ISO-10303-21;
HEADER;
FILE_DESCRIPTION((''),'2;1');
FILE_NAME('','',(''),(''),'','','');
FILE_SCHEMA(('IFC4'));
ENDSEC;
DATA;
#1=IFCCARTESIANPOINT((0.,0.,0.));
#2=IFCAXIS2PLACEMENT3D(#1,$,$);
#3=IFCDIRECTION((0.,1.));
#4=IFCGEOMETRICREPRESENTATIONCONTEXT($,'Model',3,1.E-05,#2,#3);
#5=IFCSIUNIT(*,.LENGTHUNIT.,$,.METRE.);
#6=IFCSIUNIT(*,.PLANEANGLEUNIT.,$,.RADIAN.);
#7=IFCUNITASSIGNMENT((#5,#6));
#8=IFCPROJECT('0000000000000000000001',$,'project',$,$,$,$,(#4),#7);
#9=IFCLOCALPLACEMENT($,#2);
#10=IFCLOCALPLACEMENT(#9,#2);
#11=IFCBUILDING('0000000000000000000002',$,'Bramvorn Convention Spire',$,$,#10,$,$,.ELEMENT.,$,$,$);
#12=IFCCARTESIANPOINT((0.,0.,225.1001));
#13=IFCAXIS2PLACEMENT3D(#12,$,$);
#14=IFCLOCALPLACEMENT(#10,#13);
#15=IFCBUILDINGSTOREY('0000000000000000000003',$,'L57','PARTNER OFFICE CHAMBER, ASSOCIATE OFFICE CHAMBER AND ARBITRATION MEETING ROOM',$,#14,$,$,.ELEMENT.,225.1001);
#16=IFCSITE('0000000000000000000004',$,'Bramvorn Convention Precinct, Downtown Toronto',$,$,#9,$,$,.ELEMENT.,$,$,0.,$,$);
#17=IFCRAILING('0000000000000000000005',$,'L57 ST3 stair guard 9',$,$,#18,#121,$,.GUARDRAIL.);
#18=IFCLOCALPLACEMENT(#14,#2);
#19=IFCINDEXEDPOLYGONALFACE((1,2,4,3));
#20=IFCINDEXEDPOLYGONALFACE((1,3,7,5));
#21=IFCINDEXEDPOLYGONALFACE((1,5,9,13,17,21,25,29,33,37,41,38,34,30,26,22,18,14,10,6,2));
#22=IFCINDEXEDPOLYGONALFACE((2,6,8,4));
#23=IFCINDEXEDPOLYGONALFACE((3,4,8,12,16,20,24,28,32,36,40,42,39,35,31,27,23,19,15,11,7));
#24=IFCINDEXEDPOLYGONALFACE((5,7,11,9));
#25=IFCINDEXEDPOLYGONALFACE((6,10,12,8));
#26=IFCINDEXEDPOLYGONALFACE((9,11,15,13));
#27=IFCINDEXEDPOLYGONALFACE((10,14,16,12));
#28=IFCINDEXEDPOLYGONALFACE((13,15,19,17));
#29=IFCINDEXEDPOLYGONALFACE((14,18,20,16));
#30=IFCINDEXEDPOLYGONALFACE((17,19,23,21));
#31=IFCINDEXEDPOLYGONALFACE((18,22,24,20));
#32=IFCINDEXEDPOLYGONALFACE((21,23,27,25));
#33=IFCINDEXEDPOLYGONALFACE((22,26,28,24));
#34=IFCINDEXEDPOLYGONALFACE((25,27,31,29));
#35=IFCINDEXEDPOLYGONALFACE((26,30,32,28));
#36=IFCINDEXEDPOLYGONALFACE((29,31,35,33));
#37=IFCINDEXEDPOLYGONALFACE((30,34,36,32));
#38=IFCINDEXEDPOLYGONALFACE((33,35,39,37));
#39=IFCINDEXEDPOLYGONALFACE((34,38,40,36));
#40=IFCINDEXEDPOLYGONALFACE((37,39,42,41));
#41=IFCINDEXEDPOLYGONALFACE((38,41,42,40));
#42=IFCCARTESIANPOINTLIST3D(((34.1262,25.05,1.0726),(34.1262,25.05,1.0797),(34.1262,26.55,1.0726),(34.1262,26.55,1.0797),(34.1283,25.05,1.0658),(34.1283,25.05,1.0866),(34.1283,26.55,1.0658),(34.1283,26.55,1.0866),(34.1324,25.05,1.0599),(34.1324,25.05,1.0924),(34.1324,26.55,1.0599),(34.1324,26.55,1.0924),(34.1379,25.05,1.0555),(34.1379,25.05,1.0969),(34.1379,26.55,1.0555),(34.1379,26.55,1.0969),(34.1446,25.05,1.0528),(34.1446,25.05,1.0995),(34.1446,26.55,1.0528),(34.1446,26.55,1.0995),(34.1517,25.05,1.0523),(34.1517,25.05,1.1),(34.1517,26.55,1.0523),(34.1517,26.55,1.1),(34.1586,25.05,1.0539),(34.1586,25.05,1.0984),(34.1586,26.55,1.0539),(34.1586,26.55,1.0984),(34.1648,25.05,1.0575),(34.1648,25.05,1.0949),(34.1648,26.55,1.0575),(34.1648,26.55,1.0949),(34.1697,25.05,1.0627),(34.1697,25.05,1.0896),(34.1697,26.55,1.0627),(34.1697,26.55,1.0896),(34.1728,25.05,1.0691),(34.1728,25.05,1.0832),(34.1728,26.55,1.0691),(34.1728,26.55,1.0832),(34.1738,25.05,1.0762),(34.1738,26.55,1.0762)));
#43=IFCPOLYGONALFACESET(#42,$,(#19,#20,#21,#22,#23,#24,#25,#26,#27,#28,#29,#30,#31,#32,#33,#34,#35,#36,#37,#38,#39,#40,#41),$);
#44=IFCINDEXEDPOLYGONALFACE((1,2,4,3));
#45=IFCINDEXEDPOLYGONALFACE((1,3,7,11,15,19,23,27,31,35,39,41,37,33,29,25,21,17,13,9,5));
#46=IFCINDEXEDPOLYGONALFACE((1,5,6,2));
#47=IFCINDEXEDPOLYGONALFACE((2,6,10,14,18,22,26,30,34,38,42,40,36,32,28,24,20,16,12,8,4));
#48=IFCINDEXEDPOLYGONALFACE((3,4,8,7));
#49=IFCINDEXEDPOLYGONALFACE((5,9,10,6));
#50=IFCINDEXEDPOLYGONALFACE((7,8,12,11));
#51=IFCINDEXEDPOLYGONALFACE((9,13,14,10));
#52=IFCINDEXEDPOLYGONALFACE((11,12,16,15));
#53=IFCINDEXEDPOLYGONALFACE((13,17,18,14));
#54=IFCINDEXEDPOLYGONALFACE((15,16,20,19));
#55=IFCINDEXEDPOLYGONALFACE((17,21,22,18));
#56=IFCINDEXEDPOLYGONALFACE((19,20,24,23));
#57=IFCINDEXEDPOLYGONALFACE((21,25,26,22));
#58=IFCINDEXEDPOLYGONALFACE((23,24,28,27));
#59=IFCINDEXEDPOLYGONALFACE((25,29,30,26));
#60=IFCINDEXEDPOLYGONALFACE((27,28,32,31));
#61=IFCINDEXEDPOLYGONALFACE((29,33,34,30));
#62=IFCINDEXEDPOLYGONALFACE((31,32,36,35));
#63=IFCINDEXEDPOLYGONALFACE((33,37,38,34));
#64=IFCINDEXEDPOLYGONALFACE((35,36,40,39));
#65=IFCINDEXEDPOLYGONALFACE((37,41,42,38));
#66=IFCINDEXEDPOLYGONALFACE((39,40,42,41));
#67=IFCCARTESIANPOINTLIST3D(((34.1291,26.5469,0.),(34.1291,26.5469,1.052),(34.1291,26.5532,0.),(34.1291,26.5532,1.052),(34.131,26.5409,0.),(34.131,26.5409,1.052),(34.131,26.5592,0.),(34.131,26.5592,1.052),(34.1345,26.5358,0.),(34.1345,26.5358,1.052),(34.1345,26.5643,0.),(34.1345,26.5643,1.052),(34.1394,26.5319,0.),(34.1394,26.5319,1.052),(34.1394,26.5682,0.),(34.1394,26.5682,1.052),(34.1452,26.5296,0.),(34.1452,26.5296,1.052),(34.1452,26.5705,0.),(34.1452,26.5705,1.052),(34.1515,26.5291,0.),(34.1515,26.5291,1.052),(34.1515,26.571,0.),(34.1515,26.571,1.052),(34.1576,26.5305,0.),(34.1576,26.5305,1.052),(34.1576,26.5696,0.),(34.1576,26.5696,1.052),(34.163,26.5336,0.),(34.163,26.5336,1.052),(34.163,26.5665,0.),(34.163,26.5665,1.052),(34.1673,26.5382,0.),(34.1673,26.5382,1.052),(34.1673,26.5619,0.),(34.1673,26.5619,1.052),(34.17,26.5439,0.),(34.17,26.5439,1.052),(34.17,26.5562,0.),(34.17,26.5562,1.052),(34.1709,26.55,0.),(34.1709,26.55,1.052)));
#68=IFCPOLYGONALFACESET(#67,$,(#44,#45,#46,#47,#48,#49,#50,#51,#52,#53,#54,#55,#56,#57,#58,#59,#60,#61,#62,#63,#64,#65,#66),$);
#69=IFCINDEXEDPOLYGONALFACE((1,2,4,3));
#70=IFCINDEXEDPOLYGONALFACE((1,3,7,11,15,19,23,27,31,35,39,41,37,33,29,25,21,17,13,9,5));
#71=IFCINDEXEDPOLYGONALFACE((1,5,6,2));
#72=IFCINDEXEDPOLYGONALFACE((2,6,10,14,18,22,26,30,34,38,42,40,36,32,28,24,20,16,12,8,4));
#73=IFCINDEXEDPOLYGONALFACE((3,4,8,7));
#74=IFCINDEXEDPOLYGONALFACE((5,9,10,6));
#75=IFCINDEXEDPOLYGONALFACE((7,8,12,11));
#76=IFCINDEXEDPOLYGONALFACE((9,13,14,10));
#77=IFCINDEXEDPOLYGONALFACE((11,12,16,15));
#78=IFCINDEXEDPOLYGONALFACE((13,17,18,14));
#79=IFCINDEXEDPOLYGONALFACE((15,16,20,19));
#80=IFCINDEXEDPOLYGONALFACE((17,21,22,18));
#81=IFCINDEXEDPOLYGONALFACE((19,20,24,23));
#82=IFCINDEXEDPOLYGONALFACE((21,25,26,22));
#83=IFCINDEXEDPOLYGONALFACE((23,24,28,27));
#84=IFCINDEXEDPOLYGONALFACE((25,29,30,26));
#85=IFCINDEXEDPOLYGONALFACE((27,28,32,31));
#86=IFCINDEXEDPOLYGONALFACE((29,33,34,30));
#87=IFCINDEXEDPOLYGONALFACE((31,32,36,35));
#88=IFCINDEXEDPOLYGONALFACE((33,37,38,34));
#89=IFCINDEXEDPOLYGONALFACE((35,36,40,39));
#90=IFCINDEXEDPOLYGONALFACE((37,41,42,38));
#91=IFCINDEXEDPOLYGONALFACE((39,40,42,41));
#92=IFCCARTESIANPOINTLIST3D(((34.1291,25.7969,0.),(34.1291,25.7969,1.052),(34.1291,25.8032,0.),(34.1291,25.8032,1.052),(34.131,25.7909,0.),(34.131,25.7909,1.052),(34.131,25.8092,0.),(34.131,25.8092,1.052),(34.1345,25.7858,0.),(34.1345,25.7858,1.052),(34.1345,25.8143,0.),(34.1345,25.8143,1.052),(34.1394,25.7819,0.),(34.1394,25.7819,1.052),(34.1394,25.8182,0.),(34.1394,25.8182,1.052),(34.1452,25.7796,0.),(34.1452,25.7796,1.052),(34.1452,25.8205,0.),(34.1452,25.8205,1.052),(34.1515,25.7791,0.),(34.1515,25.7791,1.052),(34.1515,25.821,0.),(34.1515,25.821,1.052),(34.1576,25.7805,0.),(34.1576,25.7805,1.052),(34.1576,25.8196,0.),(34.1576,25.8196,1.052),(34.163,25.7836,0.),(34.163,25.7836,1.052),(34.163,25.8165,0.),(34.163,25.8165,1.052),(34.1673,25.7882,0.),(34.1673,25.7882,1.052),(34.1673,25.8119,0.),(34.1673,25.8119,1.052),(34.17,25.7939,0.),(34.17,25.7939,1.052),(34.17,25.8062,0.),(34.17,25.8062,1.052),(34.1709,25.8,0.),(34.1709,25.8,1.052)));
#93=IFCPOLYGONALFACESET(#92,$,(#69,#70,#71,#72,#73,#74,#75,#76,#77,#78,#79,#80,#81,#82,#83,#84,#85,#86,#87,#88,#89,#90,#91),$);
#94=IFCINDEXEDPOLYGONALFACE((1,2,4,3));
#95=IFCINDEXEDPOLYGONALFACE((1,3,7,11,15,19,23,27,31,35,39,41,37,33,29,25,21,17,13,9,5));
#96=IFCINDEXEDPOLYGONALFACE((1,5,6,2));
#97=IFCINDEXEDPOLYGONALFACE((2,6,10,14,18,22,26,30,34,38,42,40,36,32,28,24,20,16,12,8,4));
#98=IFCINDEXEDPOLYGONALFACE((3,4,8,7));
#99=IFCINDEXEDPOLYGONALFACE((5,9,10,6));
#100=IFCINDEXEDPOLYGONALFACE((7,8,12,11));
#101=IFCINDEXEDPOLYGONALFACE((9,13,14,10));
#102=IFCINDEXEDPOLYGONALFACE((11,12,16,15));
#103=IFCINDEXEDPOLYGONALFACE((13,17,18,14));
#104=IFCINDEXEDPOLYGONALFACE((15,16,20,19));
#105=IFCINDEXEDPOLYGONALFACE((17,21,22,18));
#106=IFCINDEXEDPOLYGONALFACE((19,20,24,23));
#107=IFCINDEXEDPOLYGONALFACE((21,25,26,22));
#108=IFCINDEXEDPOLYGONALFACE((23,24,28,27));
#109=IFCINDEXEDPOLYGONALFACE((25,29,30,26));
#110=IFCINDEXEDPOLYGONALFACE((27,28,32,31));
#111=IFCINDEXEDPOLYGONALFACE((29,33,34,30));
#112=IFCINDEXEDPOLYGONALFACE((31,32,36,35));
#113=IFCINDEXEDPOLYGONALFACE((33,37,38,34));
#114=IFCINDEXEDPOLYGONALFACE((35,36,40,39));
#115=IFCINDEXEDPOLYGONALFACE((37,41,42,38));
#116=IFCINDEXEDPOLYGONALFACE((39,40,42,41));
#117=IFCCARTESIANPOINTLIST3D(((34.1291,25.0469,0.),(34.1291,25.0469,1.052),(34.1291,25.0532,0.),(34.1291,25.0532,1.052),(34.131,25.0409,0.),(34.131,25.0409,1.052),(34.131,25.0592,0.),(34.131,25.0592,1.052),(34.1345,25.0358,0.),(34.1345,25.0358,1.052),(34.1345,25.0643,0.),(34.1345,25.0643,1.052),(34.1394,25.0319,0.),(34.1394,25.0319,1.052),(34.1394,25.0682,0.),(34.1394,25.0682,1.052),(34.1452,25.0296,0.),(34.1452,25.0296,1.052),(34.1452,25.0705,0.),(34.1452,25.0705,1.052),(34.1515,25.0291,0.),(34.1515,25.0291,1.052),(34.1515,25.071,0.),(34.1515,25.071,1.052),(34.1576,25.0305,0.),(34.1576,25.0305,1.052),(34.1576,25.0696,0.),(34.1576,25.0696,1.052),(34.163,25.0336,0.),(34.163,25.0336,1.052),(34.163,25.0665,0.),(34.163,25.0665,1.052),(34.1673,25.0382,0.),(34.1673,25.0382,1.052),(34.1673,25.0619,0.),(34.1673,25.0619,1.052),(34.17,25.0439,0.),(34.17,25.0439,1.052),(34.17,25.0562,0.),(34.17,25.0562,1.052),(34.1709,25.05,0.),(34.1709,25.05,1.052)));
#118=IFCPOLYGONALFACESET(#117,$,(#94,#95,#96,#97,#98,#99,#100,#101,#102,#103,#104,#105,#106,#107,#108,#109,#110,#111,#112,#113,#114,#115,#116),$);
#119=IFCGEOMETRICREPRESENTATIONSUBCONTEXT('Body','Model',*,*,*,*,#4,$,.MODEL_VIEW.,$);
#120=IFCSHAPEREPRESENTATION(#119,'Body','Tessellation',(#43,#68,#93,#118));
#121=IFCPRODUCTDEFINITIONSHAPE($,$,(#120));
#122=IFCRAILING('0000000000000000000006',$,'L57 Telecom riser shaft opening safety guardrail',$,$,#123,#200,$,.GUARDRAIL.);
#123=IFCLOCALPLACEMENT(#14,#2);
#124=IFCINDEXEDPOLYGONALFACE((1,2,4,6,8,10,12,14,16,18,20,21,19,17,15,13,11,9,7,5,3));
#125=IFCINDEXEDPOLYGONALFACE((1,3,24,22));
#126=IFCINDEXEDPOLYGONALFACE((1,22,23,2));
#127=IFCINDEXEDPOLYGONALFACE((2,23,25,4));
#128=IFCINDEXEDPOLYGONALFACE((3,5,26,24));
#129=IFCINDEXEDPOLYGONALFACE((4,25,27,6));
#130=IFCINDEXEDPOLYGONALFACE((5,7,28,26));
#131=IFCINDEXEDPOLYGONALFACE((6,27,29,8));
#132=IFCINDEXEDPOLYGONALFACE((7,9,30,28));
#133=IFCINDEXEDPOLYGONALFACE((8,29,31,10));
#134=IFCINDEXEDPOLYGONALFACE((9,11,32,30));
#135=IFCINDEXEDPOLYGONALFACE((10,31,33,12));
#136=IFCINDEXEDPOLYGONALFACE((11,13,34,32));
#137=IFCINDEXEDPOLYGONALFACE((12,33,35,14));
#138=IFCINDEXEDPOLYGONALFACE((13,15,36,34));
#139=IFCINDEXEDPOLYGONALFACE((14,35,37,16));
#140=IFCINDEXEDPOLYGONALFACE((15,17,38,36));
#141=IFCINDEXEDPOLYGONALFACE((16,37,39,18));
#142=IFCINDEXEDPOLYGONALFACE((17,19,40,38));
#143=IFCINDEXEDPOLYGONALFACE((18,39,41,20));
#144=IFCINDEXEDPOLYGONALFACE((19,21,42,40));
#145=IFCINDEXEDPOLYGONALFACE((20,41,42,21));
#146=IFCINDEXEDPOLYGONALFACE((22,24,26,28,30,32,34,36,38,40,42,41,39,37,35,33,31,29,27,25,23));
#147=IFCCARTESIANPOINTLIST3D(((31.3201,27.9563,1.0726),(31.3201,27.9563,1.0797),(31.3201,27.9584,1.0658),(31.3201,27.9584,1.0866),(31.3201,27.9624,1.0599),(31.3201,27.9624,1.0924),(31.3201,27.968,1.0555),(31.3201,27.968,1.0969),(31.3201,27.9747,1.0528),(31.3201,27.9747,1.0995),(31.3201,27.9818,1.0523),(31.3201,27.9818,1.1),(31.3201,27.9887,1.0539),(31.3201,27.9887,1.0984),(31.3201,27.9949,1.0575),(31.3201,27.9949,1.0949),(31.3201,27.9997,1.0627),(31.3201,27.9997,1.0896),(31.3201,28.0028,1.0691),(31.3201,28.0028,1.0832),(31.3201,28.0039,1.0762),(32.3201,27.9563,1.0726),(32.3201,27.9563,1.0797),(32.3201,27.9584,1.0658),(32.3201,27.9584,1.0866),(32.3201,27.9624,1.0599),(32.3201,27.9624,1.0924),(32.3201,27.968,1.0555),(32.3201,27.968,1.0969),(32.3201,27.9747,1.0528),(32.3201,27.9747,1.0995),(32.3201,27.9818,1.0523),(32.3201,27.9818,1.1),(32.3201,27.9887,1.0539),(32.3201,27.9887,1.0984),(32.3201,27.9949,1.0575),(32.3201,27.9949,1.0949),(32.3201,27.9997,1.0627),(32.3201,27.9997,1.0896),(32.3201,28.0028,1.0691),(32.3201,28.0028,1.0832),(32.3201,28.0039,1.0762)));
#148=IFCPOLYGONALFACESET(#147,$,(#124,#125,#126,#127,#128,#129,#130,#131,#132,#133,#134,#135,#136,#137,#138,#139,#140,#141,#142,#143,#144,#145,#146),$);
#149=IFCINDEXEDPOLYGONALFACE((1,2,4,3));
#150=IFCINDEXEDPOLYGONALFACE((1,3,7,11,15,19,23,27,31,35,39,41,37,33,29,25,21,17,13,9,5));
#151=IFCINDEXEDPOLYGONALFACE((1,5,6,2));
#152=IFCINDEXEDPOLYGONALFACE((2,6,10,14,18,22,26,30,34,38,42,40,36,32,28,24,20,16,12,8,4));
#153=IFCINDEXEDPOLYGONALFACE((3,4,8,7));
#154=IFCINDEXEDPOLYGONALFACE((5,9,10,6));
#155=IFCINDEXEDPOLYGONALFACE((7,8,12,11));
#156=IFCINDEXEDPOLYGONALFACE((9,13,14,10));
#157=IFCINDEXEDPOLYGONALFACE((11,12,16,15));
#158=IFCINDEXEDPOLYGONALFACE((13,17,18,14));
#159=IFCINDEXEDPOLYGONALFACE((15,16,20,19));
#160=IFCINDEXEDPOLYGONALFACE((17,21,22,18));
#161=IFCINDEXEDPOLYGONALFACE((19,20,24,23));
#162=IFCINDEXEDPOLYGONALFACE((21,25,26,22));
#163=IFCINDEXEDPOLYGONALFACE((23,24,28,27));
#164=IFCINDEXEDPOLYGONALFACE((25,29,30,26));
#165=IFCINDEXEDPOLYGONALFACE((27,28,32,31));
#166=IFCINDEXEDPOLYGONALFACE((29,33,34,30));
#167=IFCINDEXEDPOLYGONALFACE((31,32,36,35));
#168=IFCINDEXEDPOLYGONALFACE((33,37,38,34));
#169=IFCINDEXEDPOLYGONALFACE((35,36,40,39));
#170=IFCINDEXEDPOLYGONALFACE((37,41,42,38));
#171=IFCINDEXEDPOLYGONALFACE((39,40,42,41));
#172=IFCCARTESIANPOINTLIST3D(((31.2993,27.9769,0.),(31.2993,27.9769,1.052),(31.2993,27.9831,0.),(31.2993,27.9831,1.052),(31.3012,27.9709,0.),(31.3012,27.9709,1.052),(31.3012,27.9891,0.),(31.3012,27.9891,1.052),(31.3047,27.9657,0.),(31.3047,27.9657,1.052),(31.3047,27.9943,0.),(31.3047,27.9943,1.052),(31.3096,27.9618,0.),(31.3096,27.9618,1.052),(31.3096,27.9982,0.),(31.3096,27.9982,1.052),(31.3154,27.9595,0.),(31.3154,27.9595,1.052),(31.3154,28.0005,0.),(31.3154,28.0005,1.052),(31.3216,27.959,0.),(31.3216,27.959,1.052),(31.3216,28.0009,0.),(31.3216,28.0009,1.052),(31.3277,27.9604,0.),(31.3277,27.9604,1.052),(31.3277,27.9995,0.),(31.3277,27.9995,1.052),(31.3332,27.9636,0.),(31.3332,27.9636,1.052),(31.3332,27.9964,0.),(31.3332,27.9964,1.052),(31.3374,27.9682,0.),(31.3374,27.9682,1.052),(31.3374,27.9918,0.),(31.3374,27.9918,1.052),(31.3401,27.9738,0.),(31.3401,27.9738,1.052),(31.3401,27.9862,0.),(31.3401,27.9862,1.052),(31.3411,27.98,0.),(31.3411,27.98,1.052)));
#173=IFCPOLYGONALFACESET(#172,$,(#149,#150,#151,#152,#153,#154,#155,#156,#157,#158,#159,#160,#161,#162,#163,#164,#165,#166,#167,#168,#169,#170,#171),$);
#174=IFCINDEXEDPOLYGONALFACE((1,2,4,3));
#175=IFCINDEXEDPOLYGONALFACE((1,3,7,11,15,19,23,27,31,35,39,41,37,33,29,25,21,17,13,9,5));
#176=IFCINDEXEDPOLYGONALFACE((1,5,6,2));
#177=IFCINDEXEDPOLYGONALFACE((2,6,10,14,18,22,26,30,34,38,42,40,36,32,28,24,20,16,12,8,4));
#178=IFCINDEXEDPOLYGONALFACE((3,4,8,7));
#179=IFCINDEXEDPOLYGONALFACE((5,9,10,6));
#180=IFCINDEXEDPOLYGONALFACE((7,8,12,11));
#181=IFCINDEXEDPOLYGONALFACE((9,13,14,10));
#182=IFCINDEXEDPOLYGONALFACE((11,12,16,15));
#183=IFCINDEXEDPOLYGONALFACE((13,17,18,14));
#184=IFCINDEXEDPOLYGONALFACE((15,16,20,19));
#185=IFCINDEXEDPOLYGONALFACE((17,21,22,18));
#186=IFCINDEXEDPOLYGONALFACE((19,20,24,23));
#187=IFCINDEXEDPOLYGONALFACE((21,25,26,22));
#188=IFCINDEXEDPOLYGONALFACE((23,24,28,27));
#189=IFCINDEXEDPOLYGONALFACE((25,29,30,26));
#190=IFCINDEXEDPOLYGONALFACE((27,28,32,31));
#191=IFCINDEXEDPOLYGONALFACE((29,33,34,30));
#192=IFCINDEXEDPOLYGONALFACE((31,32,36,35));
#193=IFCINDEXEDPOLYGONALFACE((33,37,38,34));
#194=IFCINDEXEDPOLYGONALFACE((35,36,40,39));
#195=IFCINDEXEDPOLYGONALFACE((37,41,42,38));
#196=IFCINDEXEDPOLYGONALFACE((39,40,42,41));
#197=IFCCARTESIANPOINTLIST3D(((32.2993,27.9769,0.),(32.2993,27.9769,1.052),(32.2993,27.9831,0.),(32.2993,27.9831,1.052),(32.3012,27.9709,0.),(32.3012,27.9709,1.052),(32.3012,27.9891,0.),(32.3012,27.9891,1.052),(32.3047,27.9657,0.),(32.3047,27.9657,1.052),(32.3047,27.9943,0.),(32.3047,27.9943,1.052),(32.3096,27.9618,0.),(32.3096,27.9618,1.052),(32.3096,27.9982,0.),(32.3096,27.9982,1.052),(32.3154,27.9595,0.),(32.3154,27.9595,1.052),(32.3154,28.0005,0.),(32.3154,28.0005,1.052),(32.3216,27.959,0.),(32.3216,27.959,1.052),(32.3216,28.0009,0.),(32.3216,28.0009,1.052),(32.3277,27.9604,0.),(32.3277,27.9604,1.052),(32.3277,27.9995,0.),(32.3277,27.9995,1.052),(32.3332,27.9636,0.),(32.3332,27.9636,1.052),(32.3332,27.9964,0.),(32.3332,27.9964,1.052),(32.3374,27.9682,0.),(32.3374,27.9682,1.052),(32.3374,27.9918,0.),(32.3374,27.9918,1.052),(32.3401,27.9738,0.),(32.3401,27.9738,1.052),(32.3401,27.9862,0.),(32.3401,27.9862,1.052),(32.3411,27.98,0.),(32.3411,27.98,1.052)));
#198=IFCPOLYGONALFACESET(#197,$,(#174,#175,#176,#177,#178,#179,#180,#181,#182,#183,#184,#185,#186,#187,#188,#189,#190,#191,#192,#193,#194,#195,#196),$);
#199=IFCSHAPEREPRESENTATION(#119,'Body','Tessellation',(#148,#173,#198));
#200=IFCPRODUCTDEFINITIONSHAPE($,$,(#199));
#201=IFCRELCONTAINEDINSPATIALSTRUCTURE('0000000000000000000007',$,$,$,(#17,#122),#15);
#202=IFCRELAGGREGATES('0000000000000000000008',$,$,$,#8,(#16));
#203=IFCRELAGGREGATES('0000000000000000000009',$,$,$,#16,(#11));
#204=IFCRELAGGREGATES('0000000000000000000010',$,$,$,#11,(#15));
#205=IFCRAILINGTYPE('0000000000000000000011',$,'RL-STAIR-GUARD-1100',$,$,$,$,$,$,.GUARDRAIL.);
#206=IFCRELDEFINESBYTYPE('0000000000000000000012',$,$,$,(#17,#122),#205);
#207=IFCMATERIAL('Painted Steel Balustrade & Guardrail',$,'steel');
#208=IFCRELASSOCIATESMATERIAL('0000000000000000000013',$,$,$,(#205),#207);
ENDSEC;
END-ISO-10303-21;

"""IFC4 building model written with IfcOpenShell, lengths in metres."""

from ifc_helpers import new_model, si_unit, direction, frame, origin, origin_2d, place, context, subcontext, project, spatial, circle, extrude, material, type_object, element, save


model = new_model("IFC4")

# Units and contexts
model_context = context("Model", 3, precision=1e-05, world=origin(), true_north=direction((0.0, 1.0)))
body_context = subcontext(model_context, "Body", "Model", "MODEL_VIEW")
ifc_project = project(units=[si_unit("LENGTHUNIT", "METRE"), si_unit("PLANEANGLEUNIT", "RADIAN")], contexts=[model_context])

# Site, building, storey
site_placement = place(None, origin())
site = spatial("IfcSite", under=ifc_project, at=site_placement, Name="Bramvorn Convention Precinct, Downtown Toronto", CompositionType="ELEMENT", RefElevation=0.0)
building_placement = place(site_placement, origin())
building = spatial("IfcBuilding", under=site, at=building_placement, Name="Bramvorn Convention Spire", CompositionType="ELEMENT")
storey_placement = place(building_placement, frame((0.0, 0.0, 225.1001)))
storey = spatial("IfcBuildingStorey", under=building, at=storey_placement, Name="L57", Description="PARTNER OFFICE CHAMBER, ASSOCIATE OFFICE CHAMBER AND ARBITRATION MEETING ROOM", CompositionType="ELEMENT", Elevation=225.1001)

# Railings
ifc_material_1 = material(Name="Painted Steel Balustrade & Guardrail", Category="steel")
railing_type_1 = type_object("IfcRailingType", Name="RL-STAIR-GUARD-1100", PredefinedType="GUARDRAIL", material=ifc_material_1)
for number, where, name in (
    (1, (34.1499, 26.55, 0.0), "L57 ST3 stair guard 9"),
):
    element("IfcRailing", number, at=place(storey_placement, frame(where)), inside=storey, type_object=railing_type_1, Name=name, PredefinedType="GUARDRAIL", context=body_context, shape_type="SweptSolid", body=[
        extrude(circle(Radius=0.0239, at=origin_2d()), frame((0.0, 0.0, 1.0762), z_axis=(0.0, -1.0, 0.0), x_axis=(1.0, 0.0, 0.0)), (0.0, 0.0, 1.0), 1.5),
        extrude(circle(Radius=0.021, at=origin_2d()), origin(), (0.0, 0.0, 1.0), 1.052),
        extrude(circle(Radius=0.021, at=origin_2d()), frame((0.0, -0.75, 0.0)), (0.0, 0.0, 1.0), 1.052),
        extrude(circle(Radius=0.021, at=origin_2d()), frame((0.0, -1.5, 0.0)), (0.0, 0.0, 1.0), 1.052),
    ])
railing_1_placement = place(storey_placement, frame((31.3201, 27.98, 0.0)))
element("IfcRailing", 2, at=railing_1_placement, inside=storey, type_object=railing_type_1, Name="L57 Telecom riser shaft opening safety guardrail", PredefinedType="GUARDRAIL", context=body_context, shape_type="SweptSolid", body=[
    extrude(circle(Radius=0.0239, at=origin_2d()), frame((0.0, 0.0, 1.0762), z_axis=(1.0, 0.0, 0.0), x_axis=(0.0, 1.0, 0.0)), (0.0, 0.0, 1.0), 1.0),
    extrude(circle(Radius=0.021, at=origin_2d()), origin(), (0.0, 0.0, 1.0), 1.052),
    extrude(circle(Radius=0.021, at=origin_2d()), frame((1.0, 0.0, 0.0)), (0.0, 0.0, 1.0), 1.052),
])

save(model, "model.ifc")
